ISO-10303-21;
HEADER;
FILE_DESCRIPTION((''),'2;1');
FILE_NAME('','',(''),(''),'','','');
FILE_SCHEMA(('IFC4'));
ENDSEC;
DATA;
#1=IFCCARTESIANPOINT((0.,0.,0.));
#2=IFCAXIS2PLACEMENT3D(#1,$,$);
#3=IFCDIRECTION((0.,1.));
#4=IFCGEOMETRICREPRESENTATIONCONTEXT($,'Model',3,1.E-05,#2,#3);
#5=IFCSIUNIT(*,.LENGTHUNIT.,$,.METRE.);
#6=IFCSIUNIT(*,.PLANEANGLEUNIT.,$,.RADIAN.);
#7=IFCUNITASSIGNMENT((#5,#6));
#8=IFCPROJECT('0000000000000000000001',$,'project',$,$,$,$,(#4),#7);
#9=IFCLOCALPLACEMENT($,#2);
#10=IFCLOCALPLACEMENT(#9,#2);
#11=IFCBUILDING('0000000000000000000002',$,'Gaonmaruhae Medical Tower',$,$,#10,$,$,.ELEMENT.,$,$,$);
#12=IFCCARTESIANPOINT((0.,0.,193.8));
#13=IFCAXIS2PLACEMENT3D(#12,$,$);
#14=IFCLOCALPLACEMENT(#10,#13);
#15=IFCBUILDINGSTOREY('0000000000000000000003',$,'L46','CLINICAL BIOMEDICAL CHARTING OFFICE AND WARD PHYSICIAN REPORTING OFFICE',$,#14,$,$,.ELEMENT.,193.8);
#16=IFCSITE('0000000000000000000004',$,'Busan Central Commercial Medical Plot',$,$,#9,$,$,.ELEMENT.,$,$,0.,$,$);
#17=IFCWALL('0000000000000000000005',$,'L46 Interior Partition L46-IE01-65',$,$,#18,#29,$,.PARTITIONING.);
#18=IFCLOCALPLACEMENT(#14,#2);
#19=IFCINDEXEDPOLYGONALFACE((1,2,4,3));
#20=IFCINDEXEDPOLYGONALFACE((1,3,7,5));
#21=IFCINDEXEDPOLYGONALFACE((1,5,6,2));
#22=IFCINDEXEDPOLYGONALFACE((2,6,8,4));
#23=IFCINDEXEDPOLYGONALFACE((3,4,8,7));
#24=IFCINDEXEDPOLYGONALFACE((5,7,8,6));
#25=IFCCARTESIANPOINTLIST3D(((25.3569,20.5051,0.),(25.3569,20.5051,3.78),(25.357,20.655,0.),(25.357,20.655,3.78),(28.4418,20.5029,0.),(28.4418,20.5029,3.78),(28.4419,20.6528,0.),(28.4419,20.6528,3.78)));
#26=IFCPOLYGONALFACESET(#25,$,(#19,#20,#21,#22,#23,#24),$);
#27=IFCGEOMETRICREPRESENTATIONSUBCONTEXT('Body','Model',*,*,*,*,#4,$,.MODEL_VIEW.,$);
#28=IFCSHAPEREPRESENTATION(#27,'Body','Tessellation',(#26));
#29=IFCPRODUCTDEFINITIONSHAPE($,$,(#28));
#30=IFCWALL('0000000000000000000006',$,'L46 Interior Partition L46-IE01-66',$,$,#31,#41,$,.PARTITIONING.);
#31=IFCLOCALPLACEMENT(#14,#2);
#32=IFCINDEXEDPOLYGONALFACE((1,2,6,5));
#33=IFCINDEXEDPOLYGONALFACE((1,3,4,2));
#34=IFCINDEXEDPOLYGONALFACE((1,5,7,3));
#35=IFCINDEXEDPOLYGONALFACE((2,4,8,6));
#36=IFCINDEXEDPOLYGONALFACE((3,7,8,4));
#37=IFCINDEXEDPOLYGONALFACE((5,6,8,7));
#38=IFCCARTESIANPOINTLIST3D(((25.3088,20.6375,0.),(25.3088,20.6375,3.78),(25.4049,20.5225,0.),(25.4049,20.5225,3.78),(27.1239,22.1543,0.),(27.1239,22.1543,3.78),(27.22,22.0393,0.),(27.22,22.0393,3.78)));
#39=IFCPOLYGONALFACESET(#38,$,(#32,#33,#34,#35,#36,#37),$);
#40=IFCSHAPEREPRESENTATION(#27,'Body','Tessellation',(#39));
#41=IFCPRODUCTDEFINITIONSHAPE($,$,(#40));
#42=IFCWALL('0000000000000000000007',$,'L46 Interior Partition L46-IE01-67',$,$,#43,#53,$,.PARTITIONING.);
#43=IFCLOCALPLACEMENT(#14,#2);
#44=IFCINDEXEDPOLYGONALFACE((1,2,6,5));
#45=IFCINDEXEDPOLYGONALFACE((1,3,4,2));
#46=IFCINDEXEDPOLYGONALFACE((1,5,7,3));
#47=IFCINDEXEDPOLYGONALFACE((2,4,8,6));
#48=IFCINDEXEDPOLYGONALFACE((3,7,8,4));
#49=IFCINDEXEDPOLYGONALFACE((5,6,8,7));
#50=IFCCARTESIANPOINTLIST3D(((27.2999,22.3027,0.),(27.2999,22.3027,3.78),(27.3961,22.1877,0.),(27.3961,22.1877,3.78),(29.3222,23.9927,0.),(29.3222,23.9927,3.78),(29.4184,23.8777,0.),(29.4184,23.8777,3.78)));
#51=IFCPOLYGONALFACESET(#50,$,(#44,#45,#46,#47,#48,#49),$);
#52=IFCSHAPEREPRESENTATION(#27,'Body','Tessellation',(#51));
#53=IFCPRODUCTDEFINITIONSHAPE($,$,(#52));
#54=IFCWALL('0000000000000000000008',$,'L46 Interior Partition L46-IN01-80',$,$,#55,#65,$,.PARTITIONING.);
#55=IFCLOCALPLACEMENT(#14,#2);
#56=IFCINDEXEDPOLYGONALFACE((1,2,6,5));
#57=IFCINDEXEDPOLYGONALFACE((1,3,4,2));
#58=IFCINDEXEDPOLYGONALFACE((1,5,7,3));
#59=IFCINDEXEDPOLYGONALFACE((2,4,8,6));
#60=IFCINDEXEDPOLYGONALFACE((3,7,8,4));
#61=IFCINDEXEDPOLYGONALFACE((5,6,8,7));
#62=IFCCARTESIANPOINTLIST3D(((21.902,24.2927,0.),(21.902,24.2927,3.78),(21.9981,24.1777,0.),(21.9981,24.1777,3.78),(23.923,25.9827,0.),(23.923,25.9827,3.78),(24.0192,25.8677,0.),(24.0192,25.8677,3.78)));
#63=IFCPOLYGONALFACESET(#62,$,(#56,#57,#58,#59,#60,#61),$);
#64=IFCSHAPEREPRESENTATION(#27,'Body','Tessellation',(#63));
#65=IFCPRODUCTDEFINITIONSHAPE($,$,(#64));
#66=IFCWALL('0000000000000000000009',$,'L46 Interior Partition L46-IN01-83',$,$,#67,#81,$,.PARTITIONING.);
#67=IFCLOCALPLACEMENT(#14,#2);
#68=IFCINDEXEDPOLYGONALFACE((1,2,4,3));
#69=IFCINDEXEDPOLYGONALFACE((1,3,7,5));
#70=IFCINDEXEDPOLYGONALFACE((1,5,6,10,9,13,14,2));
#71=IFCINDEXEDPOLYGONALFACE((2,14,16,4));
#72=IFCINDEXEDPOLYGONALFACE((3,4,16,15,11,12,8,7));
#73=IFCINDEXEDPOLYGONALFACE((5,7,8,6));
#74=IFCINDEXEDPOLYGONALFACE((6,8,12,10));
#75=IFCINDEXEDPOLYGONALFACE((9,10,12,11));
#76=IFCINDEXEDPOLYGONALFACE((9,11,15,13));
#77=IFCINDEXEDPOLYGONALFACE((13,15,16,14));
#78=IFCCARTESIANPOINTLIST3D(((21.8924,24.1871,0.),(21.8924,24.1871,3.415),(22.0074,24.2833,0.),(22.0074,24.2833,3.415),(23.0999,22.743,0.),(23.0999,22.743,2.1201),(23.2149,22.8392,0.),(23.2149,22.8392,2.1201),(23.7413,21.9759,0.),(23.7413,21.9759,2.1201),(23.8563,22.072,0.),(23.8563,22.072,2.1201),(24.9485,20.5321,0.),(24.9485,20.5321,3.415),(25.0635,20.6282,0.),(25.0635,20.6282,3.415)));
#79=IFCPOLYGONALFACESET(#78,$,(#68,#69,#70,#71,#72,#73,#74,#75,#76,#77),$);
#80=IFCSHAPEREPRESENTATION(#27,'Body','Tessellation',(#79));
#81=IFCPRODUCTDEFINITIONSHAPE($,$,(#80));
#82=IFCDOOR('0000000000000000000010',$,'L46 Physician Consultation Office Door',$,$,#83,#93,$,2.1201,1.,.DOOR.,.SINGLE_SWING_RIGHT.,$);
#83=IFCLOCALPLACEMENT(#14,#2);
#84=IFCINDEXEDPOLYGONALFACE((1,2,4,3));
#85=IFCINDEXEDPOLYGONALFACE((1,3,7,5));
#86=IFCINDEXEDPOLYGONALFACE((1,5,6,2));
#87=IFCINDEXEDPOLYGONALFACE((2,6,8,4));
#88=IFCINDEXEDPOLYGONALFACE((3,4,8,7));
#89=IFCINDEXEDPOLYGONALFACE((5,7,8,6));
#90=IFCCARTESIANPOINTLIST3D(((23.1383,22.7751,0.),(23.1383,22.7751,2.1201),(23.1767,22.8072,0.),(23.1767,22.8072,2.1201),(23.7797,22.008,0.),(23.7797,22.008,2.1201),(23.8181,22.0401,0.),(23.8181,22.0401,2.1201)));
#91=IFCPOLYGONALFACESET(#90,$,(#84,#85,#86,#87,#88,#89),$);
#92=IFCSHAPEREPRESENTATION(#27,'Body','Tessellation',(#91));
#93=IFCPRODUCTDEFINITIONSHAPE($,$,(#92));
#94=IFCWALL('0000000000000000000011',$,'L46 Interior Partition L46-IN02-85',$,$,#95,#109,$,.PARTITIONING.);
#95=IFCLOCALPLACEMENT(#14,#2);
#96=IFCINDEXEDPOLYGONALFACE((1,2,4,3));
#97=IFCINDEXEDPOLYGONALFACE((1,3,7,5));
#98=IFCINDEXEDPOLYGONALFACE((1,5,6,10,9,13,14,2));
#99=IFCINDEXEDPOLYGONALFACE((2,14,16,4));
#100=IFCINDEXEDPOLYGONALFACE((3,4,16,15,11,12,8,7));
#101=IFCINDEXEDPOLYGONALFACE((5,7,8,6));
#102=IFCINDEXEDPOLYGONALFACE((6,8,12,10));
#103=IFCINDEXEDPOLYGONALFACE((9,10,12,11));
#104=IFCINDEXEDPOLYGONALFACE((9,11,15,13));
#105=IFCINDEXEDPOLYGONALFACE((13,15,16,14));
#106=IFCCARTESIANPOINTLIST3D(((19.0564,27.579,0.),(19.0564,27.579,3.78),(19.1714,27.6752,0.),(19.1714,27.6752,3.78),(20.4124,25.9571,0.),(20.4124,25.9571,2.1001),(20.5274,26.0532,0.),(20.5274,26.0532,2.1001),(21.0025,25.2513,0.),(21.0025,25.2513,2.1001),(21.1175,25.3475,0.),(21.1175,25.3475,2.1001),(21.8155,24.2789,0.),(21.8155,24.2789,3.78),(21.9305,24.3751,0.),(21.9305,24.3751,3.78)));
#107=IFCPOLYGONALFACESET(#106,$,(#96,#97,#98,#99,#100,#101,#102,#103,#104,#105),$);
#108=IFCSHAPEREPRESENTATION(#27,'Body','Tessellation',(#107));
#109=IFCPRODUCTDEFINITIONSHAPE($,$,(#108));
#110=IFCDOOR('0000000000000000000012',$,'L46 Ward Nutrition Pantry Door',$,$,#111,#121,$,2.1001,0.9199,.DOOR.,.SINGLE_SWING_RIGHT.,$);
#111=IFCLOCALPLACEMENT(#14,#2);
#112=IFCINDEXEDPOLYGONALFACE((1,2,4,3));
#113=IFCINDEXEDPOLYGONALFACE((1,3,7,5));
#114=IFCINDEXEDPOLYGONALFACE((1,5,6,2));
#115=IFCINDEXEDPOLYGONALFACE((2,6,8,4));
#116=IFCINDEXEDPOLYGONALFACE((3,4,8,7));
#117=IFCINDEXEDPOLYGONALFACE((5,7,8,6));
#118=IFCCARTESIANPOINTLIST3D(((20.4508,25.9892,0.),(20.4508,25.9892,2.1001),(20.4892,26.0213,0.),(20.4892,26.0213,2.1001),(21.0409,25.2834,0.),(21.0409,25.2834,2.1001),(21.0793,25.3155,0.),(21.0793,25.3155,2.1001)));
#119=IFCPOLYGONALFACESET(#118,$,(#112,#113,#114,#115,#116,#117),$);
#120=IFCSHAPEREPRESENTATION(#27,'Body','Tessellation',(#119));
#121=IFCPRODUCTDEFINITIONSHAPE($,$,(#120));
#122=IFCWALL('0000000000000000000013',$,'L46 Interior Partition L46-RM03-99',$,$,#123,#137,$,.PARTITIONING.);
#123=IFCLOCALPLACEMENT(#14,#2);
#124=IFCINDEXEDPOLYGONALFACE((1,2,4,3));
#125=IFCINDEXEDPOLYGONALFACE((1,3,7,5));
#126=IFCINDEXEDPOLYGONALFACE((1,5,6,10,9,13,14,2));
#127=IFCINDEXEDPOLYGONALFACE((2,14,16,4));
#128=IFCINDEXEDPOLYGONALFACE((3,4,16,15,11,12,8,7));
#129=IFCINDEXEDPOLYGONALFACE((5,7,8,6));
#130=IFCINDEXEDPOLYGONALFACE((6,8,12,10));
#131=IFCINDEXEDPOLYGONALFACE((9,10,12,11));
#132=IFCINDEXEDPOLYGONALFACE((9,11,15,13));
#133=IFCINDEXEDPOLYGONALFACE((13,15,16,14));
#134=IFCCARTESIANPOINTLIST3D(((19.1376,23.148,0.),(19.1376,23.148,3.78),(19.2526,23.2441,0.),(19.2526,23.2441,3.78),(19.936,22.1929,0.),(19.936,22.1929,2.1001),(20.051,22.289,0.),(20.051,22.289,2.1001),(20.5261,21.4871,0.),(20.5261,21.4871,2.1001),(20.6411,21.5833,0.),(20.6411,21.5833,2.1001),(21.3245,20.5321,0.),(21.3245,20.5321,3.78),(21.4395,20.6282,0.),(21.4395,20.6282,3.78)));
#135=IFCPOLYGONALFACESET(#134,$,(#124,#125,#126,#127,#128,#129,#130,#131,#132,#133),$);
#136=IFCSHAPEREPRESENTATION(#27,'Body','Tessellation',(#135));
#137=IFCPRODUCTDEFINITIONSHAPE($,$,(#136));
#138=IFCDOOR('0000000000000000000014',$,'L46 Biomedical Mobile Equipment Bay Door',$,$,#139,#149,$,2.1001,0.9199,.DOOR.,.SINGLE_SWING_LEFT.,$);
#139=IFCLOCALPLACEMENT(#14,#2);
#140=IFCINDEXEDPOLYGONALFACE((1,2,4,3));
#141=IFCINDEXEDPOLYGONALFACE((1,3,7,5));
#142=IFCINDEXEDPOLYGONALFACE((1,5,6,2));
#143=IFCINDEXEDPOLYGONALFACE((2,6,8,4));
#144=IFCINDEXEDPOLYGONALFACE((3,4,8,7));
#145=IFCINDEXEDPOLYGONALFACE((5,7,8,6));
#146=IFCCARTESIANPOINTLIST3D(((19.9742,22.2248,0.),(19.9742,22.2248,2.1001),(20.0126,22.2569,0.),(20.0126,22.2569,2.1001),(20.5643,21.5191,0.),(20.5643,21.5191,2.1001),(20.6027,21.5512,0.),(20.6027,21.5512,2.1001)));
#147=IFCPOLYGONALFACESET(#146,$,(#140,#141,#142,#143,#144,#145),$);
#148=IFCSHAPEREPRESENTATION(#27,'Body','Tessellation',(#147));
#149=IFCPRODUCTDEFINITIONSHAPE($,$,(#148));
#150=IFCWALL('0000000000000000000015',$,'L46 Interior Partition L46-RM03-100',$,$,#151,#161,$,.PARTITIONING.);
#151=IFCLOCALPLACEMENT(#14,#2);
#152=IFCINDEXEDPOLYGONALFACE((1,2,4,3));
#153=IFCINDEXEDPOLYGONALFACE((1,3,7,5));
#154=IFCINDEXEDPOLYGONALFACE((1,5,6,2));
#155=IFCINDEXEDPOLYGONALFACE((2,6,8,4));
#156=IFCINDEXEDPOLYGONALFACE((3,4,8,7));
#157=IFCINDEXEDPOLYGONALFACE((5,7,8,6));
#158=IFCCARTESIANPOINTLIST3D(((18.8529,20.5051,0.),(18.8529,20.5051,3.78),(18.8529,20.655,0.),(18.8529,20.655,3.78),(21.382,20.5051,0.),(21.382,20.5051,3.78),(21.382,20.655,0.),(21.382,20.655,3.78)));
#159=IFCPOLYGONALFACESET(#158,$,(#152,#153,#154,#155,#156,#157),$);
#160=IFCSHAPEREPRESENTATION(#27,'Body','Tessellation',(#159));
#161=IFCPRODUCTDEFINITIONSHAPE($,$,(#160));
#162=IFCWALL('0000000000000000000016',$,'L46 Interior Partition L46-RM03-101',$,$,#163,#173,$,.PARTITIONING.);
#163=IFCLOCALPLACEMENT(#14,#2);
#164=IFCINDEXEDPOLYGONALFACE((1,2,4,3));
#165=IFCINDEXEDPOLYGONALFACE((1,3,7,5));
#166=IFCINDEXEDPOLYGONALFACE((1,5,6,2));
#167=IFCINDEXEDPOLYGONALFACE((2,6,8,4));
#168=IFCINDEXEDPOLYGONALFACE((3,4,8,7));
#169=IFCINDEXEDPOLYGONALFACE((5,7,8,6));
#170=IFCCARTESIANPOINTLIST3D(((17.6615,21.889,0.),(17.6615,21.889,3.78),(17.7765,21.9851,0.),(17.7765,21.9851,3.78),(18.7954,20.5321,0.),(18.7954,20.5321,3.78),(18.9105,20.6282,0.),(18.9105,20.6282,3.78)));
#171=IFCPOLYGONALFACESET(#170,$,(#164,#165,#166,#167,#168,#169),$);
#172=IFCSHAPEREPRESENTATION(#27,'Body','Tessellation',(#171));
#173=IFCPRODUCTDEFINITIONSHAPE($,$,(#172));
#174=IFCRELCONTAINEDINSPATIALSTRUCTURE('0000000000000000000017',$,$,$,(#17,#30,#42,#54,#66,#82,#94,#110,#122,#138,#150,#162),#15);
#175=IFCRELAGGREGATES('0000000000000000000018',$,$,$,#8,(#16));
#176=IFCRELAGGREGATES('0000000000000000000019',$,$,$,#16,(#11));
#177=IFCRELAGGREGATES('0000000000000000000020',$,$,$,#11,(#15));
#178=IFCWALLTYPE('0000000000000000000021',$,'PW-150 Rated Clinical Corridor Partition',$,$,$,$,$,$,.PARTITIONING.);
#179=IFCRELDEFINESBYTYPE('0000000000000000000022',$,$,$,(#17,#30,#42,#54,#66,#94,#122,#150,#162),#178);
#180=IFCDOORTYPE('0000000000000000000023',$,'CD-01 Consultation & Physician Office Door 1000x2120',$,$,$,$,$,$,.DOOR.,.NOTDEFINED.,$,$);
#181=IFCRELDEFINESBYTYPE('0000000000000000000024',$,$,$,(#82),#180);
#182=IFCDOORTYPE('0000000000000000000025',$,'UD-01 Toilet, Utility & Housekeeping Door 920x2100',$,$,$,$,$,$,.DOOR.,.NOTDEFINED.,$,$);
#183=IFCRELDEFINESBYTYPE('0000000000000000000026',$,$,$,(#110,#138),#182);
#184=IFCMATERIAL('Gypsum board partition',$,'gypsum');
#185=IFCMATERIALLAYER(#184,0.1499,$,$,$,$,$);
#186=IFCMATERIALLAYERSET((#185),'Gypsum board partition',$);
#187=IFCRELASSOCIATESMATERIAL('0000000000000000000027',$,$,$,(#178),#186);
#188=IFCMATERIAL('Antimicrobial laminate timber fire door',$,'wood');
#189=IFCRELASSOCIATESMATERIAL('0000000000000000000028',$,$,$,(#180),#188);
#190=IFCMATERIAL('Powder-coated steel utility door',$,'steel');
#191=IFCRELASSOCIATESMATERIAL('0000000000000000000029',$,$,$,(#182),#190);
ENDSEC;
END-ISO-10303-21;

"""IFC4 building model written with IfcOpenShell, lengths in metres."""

from ifc_helpers import new_model, si_unit, direction, frame, frame_2d, origin, place, context, subcontext, project, spatial, rectangle, extrude, material, layer, layer_set, type_object, element, fill, save


model = new_model("IFC4")

# Units and contexts
model_context = context("Model", 3, precision=1e-05, world=origin(), true_north=direction((0.0, 1.0)))
body_context = subcontext(model_context, "Body", "Model", "MODEL_VIEW")
ifc_project = project(units=[si_unit("LENGTHUNIT", "METRE"), si_unit("PLANEANGLEUNIT", "RADIAN")], contexts=[model_context])

# Site, building, storey
site_placement = place(None, origin())
site = spatial("IfcSite", under=ifc_project, at=site_placement, Name="Busan Central Commercial Medical Plot", CompositionType="ELEMENT", RefElevation=0.0)
building_placement = place(site_placement, origin())
building = spatial("IfcBuilding", under=site, at=building_placement, Name="Gaonmaruhae Medical Tower", CompositionType="ELEMENT")
storey_placement = place(building_placement, frame((0.0, 0.0, 193.8)))
storey = spatial("IfcBuildingStorey", under=building, at=storey_placement, Name="L46", Description="CLINICAL BIOMEDICAL CHARTING OFFICE AND WARD PHYSICIAN REPORTING OFFICE", CompositionType="ELEMENT", Elevation=193.8)

# Walls
ifc_material_1 = material(Name="Gypsum board partition", Category="gypsum")
ifc_layer_1 = layer(ifc_material_1, 0.1499)
ifc_layer_set_1 = layer_set([ifc_layer_1], Name="Gypsum board partition")
wall_type = type_object("IfcWallType", Name="PW-150 Rated Clinical Corridor Partition", PredefinedType="PARTITIONING", material=ifc_layer_set_1)
wall_1_placement = place(storey_placement, frame((28.4419, 20.5779, 0.0), z_axis=(0.0, 0.0, 1.0), x_axis=(-1.0, 0.000712, 0.0)))
element("IfcWall", 1, at=wall_1_placement, inside=storey, type_object=wall_type, Name="L46 Interior Partition L46-IE01-65", PredefinedType="PARTITIONING", context=body_context, shape_type="SweptSolid", body=[
    extrude(rectangle(XDim=3.085, YDim=0.1499, at=frame_2d((1.5425, 0.0))), origin(), (0.0, 0.0, 1.0), 3.78),
])
wall_2_placement = place(storey_placement, frame((25.3569, 20.5801, 0.0), z_axis=(0.0, 0.0, 1.0), x_axis=(0.767349, 0.641229, 0.0)))
element("IfcWall", 2, at=wall_2_placement, inside=storey, type_object=wall_type, Name="L46 Interior Partition L46-IE01-66", PredefinedType="PARTITIONING", context=body_context, shape_type="SweptSolid", body=[
    extrude(rectangle(XDim=2.3655, YDim=0.1499, at=frame_2d((1.1826, 0.0))), origin(), (0.0, 0.0, 1.0), 3.78),
])
wall_3_placement = place(storey_placement, frame((27.3479, 22.2451, 0.0), z_axis=(0.0, 0.0, 1.0), x_axis=(0.767332, 0.64125, 0.0)))
element("IfcWall", 3, at=wall_3_placement, inside=storey, type_object=wall_type, Name="L46 Interior Partition L46-IE01-67", PredefinedType="PARTITIONING", context=body_context, shape_type="SweptSolid", body=[
    extrude(rectangle(XDim=2.6355, YDim=0.1499, at=frame_2d((1.3179, 0.0))), origin(), (0.0, 0.0, 1.0), 3.78),
])
wall_4_placement = place(storey_placement, frame((21.95, 24.2351, 0.0), z_axis=(0.0, 0.0, 1.0), x_axis=(0.767142, 0.641478, 0.0)))
element("IfcWall", 4, at=wall_4_placement, inside=storey, type_object=wall_type, Name="L46 Interior Partition L46-IN01-80", PredefinedType="PARTITIONING", context=body_context, shape_type="SweptSolid", body=[
    extrude(rectangle(XDim=2.6345, YDim=0.1499, at=frame_2d((1.3174, 0.0))), origin(), (0.0, 0.0, 1.0), 3.78),
])

# Walls, openings, doors
wall_5_placement = place(storey_placement, frame((25.0061, 20.5801, 0.0), z_axis=(0.0, 0.0, 1.0), x_axis=(-0.641459, 0.767158, 0.0)))
wall_5 = element("IfcWall", 5, at=wall_5_placement, inside=storey, type_object=wall_type, Name="L46 Interior Partition L46-IN01-83", PredefinedType="PARTITIONING", context=body_context, shape_type="SweptSolid", body=[
    extrude(rectangle(XDim=4.7644, YDim=0.1499, at=frame_2d((2.3823, 0.0))), origin(), (0.0, 0.0, 1.0), 3.415),
])
opening_1_placement = place(wall_5_placement, frame((1.8821, 0.0, 0.0)))
opening_1 = element("IfcOpeningElement", 6, at=opening_1_placement, cuts=wall_5, PredefinedType="OPENING", context=body_context, shape_type="SweptSolid", body=[
    extrude(rectangle(XDim=1.0, YDim=2.1201, at=frame_2d((0.5, 1.0601))), frame((0.0, 0.085, 0.0), z_axis=(0.0, -1.0, 0.0), x_axis=(1.0, 0.0, 0.0)), (0.0, 0.0, 1.0), 0.1699),
])
ifc_material_2 = material(Name="Antimicrobial laminate timber fire door", Category="wood")
door_type_1 = type_object("IfcDoorType", Name="CD-01 Consultation & Physician Office Door 1000x2120", OperationType="NOTDEFINED", PredefinedType="DOOR", material=ifc_material_2)
door_1_placement = place(opening_1_placement, origin())
door_1 = element("IfcDoor", 7, at=door_1_placement, inside=storey, type_object=door_type_1, Name="L46 Physician Consultation Office Door", OperationType="SINGLE_SWING_RIGHT", OverallHeight=2.1201, OverallWidth=1.0, PredefinedType="DOOR", context=body_context, shape_type="SweptSolid", body=[
    extrude(rectangle(XDim=1.0, YDim=2.1201, at=frame_2d((0.5, 1.0601))), frame((0.0, 0.0249, 0.0), z_axis=(0.0, -1.0, 0.0), x_axis=(1.0, 0.0, 0.0)), (0.0, 0.0, 1.0), 0.05),
])
fill(opening_1, door_1)
wall_6_placement = place(storey_placement, frame((21.873, 24.3269, 0.0), z_axis=(0.0, 0.0, 1.0), x_axis=(-0.641417, 0.767192, 0.0)))
wall_6 = element("IfcWall", 8, at=wall_6_placement, inside=storey, type_object=wall_type, Name="L46 Interior Partition L46-IN02-85", PredefinedType="PARTITIONING", context=body_context, shape_type="SweptSolid", body=[
    extrude(rectangle(XDim=4.3015, YDim=0.1499, at=frame_2d((2.1509, 0.0))), origin(), (0.0, 0.0, 1.0), 3.78),
])
opening_2_placement = place(wall_6_placement, frame((1.2676, 0.0, 0.0)))
opening_2 = element("IfcOpeningElement", 9, at=opening_2_placement, cuts=wall_6, PredefinedType="OPENING", context=body_context, shape_type="SweptSolid", body=[
    extrude(rectangle(XDim=0.9199, YDim=2.1001, at=frame_2d((0.46, 1.05))), frame((0.0, 0.085, 0.0), z_axis=(0.0, -1.0, 0.0), x_axis=(1.0, 0.0, 0.0)), (0.0, 0.0, 1.0), 0.1699),
])
ifc_material_3 = material(Name="Powder-coated steel utility door", Category="steel")
door_type_2 = type_object("IfcDoorType", Name="UD-01 Toilet, Utility & Housekeeping Door 920x2100", OperationType="NOTDEFINED", PredefinedType="DOOR", material=ifc_material_3)
door_2_placement = place(opening_2_placement, origin())
door_2 = element("IfcDoor", 10, at=door_2_placement, inside=storey, type_object=door_type_2, Name="L46 Ward Nutrition Pantry Door", OperationType="SINGLE_SWING_RIGHT", OverallHeight=2.1001, OverallWidth=0.9199, PredefinedType="DOOR", context=body_context, shape_type="SweptSolid", body=[
    extrude(rectangle(XDim=0.9199, YDim=2.1001, at=frame_2d((0.46, 1.05))), frame((0.0, 0.0249, 0.0), z_axis=(0.0, -1.0, 0.0), x_axis=(1.0, 0.0, 0.0)), (0.0, 0.0, 1.0), 0.05),
])
fill(opening_2, door_2)
wall_7_placement = place(storey_placement, frame((19.1951, 23.196, 0.0), z_axis=(0.0, 0.0, 1.0), x_axis=(0.641402, -0.767205, 0.0)))
wall_7 = element("IfcWall", 11, at=wall_7_placement, inside=storey, type_object=wall_type, Name="L46 Interior Partition L46-RM03-99", PredefinedType="PARTITIONING", context=body_context, shape_type="SweptSolid", body=[
    extrude(rectangle(XDim=3.4097, YDim=0.1499, at=frame_2d((1.7048, 0.0))), origin(), (0.0, 0.0, 1.0), 3.78),
])
opening_3_placement = place(wall_7_placement, frame((1.2449, 0.0, 0.0)))
opening_3 = element("IfcOpeningElement", 12, at=opening_3_placement, cuts=wall_7, PredefinedType="OPENING", context=body_context, shape_type="SweptSolid", body=[
    extrude(rectangle(XDim=0.9199, YDim=2.1001, at=frame_2d((0.46, 1.05))), frame((0.0, 0.085, 0.0), z_axis=(0.0, -1.0, 0.0), x_axis=(1.0, 0.0, 0.0)), (0.0, 0.0, 1.0), 0.1699),
])
door_3_placement = place(opening_3_placement, origin())
door_3 = element("IfcDoor", 13, at=door_3_placement, inside=storey, type_object=door_type_2, Name="L46 Biomedical Mobile Equipment Bay Door", OperationType="SINGLE_SWING_LEFT", OverallHeight=2.1001, OverallWidth=0.9199, PredefinedType="DOOR", context=body_context, shape_type="SweptSolid", body=[
    extrude(rectangle(XDim=0.9199, YDim=2.1001, at=frame_2d((0.46, 1.05))), frame((0.0, 0.0249, 0.0), z_axis=(0.0, -1.0, 0.0), x_axis=(1.0, 0.0, 0.0)), (0.0, 0.0, 1.0), 0.05),
])
fill(opening_3, door_3)

# Walls
wall_8_placement = place(storey_placement, frame((21.3821, 20.5801, 0.0), z_axis=(0.0, 0.0, 1.0), x_axis=(-1.0, 0.0, 0.0)))
element("IfcWall", 14, at=wall_8_placement, inside=storey, type_object=wall_type, Name="L46 Interior Partition L46-RM03-100", PredefinedType="PARTITIONING", context=body_context, shape_type="SweptSolid", body=[
    extrude(rectangle(XDim=2.5291, YDim=0.1499, at=frame_2d((1.2646, 0.0))), origin(), (0.0, 0.0, 1.0), 3.78),
])
wall_9_placement = place(storey_placement, frame((18.853, 20.5801, 0.0), z_axis=(0.0, 0.0, 1.0), x_axis=(-0.64127, 0.767315, 0.0)))
element("IfcWall", 15, at=wall_9_placement, inside=storey, type_object=wall_type, Name="L46 Interior Partition L46-RM03-101", PredefinedType="PARTITIONING", context=body_context, shape_type="SweptSolid", body=[
    extrude(rectangle(XDim=1.7683, YDim=0.1499, at=frame_2d((0.8843, 0.0))), origin(), (0.0, 0.0, 1.0), 3.78),
])

save(model, "model.ifc")
